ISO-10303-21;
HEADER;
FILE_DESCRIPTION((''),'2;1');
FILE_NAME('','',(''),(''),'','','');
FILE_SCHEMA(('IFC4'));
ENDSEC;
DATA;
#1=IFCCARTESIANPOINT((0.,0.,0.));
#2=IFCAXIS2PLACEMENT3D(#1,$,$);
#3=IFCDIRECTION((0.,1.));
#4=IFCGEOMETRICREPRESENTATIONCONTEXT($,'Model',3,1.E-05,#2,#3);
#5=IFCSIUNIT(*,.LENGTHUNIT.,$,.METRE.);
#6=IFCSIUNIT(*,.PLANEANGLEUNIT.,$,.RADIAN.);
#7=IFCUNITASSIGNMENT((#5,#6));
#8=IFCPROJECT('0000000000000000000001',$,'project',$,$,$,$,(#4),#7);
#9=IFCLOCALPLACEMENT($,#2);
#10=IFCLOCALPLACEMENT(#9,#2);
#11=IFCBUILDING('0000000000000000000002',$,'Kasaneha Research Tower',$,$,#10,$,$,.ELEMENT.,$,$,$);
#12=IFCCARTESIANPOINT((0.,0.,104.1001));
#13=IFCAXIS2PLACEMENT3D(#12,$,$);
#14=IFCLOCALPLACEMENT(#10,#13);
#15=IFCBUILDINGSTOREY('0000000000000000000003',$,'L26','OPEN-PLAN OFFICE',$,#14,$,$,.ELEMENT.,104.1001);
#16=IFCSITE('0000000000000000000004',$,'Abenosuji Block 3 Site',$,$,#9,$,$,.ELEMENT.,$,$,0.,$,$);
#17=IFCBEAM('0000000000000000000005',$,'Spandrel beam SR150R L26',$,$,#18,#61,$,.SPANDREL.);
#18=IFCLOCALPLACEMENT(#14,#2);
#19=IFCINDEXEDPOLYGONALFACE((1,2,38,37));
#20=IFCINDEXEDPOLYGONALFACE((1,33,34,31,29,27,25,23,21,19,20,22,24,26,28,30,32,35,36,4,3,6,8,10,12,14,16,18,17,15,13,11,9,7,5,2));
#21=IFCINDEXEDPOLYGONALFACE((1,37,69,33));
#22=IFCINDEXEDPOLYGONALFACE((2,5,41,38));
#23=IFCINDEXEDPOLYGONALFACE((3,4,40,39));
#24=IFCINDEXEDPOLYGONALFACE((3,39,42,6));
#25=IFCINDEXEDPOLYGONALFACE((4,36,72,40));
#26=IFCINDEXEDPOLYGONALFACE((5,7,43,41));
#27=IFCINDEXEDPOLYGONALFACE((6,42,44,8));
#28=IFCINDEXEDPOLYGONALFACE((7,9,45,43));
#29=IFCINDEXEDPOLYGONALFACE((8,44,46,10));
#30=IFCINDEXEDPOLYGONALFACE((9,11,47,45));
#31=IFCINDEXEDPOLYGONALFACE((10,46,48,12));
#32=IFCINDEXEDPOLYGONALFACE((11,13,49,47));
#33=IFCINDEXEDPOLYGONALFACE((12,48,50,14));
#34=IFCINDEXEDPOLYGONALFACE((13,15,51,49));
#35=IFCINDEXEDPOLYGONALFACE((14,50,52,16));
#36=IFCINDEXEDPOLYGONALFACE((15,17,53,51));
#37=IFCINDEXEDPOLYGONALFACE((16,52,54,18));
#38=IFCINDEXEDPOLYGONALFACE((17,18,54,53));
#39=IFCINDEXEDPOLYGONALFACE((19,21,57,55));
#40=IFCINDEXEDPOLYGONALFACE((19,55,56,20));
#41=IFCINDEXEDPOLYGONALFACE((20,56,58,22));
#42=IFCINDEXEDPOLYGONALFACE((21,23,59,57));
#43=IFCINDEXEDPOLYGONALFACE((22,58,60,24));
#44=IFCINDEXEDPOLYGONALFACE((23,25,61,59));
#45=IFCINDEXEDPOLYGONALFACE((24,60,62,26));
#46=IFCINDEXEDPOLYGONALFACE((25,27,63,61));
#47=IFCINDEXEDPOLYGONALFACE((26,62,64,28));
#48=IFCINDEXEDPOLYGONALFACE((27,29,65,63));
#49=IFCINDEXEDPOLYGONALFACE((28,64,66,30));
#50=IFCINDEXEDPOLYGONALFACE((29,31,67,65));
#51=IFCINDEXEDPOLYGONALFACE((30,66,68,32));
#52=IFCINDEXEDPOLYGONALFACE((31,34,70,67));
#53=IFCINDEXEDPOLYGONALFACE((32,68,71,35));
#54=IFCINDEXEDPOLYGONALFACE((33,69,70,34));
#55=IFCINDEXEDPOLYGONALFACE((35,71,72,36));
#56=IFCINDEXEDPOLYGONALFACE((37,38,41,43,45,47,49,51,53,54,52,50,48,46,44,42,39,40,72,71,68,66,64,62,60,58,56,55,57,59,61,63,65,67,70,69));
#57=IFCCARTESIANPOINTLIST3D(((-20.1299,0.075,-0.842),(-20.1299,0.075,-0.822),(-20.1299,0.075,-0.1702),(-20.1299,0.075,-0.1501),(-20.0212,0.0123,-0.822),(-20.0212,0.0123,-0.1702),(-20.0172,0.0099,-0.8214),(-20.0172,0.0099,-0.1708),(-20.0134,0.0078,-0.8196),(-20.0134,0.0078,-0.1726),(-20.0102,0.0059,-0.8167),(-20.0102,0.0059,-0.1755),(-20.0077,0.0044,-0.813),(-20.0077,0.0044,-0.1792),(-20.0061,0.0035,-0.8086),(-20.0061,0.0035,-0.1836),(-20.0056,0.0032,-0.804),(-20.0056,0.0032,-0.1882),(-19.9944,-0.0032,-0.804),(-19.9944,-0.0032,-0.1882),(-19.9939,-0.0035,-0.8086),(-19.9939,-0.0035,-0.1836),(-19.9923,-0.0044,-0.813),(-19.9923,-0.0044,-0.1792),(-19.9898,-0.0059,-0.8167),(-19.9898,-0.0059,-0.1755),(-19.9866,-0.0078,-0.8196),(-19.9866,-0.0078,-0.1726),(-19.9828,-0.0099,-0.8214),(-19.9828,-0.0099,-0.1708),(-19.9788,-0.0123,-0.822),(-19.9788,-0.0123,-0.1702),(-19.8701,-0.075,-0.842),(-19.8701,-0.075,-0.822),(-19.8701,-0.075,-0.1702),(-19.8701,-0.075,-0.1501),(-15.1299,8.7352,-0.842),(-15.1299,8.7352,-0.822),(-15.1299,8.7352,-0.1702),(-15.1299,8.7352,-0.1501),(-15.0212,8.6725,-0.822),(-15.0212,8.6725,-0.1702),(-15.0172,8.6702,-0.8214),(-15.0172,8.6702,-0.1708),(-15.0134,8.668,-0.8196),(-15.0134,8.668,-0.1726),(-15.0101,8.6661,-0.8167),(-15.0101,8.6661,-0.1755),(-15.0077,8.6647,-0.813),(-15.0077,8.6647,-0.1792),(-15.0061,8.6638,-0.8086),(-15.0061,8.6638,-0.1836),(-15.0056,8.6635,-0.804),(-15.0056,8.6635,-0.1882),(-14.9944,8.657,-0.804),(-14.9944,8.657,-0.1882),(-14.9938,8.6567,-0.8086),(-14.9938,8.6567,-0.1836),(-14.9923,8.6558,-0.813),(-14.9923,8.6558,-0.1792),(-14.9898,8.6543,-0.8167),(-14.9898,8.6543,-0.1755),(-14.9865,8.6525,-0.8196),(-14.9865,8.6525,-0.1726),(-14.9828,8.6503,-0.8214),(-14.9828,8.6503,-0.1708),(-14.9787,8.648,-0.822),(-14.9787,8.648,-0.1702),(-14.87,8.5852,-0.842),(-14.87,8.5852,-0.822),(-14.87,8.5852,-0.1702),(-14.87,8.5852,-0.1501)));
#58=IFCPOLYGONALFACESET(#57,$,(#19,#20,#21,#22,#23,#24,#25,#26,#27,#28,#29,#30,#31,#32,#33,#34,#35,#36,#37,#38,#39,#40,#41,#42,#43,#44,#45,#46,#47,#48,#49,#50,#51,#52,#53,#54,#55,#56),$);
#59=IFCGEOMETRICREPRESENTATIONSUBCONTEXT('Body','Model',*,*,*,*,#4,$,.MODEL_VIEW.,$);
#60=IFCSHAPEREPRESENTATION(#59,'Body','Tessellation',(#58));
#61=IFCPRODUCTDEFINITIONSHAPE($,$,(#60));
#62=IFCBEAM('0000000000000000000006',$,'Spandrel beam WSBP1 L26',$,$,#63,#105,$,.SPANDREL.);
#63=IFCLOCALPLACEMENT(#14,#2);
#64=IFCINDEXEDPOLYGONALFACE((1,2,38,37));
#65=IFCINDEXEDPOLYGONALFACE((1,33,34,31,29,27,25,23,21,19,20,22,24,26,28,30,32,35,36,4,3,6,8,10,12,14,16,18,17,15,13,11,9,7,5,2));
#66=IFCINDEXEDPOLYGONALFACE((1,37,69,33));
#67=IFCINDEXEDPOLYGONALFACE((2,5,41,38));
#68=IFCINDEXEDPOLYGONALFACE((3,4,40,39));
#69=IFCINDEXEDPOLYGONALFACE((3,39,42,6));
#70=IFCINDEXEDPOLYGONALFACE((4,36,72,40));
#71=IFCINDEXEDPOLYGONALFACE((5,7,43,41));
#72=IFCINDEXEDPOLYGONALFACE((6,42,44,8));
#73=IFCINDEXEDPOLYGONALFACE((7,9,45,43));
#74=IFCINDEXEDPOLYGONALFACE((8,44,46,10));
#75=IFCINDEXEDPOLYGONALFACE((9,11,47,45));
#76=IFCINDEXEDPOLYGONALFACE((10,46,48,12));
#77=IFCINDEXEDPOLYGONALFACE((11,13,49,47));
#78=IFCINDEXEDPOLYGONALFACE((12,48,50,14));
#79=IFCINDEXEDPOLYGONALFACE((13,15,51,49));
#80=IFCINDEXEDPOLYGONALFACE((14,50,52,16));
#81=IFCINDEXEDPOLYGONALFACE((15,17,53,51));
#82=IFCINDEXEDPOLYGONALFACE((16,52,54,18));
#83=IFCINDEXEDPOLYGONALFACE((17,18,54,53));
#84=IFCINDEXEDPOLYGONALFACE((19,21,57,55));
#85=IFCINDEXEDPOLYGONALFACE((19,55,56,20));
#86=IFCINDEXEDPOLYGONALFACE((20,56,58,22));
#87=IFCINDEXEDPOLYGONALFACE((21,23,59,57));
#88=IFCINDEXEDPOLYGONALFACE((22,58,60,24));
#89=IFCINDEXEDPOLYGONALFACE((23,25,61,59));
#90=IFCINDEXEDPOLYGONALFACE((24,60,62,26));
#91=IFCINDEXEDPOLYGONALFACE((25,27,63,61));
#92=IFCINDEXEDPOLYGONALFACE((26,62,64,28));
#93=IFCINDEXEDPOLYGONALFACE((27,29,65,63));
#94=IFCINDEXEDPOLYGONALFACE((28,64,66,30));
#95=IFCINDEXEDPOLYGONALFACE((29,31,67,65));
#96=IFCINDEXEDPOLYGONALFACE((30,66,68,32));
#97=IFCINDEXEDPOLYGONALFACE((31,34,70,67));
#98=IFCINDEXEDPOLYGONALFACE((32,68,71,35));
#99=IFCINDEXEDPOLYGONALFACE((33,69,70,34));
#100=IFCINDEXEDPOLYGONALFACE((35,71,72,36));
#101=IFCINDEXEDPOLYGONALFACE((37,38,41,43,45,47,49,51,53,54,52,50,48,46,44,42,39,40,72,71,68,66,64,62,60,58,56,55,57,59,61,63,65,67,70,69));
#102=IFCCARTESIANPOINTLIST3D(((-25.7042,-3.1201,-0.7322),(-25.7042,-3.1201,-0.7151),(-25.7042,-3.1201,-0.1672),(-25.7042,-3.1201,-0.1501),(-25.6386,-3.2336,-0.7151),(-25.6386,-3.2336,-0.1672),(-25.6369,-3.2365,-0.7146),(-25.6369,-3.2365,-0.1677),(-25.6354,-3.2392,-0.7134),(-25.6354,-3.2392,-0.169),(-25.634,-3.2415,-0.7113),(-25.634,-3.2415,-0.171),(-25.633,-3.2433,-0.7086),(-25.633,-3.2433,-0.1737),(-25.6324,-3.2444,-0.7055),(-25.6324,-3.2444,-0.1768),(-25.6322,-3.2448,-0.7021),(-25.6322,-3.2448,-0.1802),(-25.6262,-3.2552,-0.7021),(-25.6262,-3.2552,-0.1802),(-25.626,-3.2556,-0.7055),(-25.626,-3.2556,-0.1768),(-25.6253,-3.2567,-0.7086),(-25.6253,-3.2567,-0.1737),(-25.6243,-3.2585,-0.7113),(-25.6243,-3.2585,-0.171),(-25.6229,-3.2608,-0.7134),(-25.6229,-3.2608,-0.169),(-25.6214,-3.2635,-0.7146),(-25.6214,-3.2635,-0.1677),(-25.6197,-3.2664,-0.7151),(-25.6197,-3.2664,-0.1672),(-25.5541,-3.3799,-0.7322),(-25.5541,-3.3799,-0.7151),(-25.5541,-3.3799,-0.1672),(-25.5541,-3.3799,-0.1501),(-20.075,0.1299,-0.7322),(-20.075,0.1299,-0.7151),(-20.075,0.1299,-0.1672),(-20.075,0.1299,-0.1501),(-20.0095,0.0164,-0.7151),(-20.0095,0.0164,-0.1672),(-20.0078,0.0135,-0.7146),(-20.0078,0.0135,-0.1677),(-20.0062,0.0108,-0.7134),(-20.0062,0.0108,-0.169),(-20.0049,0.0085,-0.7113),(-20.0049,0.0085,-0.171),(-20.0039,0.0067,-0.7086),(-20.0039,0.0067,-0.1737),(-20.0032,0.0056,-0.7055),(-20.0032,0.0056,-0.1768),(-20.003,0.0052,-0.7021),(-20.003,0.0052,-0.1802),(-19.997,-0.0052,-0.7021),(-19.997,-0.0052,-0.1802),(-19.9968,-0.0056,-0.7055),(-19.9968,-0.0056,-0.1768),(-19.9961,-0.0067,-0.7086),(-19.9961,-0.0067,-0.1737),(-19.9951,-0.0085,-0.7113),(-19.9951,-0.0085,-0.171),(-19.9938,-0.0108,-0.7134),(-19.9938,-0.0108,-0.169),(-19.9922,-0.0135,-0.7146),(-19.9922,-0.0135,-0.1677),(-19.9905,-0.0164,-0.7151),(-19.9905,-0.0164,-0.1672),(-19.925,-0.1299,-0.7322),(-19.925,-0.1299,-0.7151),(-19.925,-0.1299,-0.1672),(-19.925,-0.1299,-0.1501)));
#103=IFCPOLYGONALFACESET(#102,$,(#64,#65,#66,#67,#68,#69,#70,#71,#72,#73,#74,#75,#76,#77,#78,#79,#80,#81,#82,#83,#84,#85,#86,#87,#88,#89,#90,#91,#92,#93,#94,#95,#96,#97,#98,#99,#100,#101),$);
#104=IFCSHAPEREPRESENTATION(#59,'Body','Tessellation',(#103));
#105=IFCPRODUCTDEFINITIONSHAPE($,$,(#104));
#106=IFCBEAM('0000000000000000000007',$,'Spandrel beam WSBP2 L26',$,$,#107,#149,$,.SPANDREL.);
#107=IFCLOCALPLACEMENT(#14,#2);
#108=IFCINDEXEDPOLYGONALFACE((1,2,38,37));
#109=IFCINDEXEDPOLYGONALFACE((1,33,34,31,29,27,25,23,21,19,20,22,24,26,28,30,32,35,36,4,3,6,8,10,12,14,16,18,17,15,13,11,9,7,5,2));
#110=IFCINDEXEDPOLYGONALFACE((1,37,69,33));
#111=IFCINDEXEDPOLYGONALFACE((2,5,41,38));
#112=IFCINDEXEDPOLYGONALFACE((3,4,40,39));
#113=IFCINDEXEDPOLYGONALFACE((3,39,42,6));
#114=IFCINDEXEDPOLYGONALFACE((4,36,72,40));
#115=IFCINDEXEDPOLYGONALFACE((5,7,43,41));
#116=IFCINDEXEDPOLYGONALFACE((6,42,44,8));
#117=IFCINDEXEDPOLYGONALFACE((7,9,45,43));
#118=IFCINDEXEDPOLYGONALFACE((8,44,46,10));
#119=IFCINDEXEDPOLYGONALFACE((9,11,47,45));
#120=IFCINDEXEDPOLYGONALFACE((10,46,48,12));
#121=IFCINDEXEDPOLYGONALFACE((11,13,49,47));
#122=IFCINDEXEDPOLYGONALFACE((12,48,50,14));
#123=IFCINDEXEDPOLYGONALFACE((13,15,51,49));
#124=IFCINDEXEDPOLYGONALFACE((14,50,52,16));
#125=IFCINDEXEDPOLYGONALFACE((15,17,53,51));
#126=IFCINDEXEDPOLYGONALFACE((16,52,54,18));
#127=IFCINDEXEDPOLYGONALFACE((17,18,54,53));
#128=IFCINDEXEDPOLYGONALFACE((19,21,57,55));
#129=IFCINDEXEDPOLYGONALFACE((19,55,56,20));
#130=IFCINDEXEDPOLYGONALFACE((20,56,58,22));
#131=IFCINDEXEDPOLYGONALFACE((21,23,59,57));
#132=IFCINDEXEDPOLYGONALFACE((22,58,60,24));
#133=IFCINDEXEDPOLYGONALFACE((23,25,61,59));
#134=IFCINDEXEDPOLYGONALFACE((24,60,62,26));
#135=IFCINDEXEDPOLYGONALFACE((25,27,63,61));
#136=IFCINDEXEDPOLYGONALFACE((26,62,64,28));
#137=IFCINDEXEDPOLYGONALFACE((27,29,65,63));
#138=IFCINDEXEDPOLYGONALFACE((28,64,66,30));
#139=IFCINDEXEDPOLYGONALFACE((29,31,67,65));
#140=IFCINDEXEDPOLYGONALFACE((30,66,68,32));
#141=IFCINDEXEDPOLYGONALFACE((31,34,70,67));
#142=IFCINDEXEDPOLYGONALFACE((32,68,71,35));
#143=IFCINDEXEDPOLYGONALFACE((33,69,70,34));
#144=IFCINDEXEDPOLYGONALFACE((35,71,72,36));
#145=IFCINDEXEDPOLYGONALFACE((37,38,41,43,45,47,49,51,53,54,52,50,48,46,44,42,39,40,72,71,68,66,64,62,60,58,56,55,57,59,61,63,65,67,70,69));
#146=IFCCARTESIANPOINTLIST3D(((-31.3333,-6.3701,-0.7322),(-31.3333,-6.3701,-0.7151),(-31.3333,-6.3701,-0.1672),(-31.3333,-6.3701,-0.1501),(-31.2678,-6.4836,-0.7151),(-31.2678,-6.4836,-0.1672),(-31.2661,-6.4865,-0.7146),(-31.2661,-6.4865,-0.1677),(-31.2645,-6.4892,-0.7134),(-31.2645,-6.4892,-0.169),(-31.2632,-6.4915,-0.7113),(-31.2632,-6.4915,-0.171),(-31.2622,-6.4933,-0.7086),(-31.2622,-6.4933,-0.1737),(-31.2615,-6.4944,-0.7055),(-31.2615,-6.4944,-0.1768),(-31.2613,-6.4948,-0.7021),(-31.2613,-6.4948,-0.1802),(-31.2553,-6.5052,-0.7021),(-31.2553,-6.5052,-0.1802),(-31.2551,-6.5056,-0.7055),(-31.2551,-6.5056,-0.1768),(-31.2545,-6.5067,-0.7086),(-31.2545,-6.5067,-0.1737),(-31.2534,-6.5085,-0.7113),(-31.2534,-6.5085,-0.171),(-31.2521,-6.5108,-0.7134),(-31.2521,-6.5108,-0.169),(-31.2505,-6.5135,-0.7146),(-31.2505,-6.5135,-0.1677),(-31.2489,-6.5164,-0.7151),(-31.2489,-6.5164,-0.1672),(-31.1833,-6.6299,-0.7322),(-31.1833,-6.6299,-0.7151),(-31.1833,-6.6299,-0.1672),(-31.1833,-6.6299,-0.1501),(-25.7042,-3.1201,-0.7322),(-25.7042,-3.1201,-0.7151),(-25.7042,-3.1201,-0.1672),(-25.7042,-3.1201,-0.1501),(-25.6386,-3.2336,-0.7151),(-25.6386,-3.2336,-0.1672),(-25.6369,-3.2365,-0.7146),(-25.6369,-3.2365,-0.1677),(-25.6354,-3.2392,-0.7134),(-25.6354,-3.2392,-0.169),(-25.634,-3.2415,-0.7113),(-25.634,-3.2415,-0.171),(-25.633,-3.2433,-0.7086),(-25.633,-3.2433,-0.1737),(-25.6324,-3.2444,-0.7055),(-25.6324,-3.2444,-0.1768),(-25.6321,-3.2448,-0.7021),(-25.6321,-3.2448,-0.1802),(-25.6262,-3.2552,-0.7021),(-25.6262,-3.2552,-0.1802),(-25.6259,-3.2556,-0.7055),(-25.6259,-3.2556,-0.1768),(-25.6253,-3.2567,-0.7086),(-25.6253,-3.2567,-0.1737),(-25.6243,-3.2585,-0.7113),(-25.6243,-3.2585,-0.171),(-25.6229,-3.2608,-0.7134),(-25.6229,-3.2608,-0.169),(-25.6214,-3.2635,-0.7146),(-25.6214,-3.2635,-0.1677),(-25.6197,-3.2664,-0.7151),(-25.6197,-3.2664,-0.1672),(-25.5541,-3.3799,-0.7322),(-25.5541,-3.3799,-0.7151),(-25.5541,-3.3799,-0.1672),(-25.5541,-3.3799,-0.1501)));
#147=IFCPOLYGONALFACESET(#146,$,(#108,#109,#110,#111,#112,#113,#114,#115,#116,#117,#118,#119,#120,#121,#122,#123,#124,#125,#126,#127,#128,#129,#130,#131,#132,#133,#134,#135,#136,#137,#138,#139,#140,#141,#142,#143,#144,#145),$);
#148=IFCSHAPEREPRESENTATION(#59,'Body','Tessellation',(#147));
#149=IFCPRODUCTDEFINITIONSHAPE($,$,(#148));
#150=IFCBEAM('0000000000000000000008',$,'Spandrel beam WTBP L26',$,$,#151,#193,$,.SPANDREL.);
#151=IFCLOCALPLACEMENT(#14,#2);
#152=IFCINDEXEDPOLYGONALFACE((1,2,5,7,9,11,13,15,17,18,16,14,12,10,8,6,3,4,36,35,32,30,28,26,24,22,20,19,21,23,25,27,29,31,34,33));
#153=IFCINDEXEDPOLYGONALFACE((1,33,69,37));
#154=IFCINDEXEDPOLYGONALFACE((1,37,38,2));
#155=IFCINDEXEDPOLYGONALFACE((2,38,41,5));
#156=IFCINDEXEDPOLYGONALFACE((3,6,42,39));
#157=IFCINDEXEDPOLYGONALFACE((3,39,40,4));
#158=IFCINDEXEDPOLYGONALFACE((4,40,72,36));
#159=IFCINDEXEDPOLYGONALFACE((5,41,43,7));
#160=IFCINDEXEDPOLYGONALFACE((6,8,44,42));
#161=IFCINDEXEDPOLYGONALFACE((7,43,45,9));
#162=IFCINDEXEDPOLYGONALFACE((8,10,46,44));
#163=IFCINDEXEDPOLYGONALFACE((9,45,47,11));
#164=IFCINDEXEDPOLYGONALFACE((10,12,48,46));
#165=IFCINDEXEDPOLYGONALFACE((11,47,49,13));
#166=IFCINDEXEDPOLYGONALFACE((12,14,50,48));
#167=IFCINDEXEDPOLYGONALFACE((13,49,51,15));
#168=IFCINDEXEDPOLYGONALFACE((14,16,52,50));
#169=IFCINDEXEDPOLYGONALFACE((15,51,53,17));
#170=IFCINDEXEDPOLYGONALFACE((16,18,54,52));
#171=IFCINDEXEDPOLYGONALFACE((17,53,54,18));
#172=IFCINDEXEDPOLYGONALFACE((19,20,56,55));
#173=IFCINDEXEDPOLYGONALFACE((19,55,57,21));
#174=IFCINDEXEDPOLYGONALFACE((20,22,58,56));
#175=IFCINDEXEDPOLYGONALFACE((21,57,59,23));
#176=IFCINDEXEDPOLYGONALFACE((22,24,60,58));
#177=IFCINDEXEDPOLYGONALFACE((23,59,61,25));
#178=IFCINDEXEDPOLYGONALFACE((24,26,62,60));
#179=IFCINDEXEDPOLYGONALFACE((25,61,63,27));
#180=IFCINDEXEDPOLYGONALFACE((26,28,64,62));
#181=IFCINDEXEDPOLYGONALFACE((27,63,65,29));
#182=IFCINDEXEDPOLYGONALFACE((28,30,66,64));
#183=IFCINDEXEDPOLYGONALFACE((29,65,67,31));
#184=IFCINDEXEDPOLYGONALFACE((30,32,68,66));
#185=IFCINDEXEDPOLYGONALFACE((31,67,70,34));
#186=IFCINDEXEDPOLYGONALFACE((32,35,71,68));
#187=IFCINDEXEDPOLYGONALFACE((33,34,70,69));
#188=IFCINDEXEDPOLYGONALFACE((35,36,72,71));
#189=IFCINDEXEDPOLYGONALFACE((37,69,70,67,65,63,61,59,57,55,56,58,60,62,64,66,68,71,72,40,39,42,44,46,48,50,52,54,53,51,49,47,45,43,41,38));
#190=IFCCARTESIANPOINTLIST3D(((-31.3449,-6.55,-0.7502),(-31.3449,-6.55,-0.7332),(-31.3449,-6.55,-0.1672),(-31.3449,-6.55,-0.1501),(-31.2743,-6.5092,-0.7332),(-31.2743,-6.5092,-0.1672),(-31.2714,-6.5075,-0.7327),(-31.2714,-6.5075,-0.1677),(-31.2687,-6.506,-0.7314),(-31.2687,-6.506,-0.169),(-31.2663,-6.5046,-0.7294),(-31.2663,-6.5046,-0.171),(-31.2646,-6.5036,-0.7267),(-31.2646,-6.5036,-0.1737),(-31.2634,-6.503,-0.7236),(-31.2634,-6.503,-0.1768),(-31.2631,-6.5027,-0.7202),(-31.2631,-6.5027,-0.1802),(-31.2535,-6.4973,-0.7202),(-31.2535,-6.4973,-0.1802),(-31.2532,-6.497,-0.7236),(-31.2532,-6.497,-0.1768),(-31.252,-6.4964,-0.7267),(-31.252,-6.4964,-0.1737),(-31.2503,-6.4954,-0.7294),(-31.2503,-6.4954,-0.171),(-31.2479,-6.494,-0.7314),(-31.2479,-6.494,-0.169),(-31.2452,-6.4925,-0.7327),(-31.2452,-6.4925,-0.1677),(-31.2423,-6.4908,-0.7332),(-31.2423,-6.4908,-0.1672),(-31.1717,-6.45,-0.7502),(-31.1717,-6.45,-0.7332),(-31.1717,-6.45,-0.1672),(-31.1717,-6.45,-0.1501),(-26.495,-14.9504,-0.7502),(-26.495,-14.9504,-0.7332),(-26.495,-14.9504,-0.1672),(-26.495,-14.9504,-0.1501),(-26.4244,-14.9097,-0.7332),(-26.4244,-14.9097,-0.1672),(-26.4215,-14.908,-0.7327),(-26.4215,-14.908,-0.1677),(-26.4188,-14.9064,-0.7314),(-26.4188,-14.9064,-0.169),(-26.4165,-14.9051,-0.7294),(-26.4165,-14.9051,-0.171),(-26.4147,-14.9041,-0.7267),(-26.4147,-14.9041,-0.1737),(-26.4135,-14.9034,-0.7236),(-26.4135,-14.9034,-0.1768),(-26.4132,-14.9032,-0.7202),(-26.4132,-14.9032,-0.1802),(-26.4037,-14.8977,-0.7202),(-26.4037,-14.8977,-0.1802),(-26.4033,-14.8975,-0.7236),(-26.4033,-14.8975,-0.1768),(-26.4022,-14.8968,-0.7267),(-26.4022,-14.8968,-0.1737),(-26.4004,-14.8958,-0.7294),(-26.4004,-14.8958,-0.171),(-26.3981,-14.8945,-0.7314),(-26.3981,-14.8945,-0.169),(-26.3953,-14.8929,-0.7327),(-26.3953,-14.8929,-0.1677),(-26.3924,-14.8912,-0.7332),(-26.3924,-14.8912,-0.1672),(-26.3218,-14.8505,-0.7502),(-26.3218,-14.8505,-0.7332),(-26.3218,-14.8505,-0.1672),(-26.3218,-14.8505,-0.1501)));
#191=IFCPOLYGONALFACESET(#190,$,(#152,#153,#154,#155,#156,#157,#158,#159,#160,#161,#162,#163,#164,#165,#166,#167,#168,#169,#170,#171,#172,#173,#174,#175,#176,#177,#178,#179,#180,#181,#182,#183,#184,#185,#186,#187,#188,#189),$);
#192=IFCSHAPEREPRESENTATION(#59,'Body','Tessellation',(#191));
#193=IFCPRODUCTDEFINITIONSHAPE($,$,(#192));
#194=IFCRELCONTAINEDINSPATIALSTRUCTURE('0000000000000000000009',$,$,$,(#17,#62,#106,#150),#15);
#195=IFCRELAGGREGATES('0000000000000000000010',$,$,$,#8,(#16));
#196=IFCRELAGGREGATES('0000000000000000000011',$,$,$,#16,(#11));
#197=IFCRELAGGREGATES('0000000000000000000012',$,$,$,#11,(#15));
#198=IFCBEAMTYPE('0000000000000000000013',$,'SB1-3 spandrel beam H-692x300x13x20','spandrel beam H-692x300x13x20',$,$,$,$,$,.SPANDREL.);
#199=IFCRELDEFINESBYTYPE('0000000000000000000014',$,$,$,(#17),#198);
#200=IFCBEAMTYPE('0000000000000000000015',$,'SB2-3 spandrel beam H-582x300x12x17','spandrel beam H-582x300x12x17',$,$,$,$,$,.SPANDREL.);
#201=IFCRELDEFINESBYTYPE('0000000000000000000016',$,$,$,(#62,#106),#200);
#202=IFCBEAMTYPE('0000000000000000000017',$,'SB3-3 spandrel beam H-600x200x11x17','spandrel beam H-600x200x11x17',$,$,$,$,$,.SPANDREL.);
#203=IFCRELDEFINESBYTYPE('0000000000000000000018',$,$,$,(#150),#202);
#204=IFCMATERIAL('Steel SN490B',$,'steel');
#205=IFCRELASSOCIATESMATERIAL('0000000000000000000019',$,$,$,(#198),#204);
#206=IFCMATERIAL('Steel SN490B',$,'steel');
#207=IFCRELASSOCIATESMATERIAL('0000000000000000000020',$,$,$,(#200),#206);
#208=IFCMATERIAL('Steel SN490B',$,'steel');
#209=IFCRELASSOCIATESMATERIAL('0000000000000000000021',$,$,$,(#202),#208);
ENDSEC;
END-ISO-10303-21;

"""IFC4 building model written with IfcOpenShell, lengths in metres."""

from ifc_helpers import new_model, si_unit, direction, frame, origin, origin_2d, place, context, subcontext, project, spatial, i_section, extrude, material, material_profile, profile_set, type_object, element, save


model = new_model("IFC4")

# Units and contexts
model_context = context("Model", 3, precision=1e-05, world=origin(), true_north=direction((0.0, 1.0)))
body_context = subcontext(model_context, "Body", "Model", "MODEL_VIEW")
ifc_project = project(units=[si_unit("LENGTHUNIT", "METRE"), si_unit("PLANEANGLEUNIT", "RADIAN")], contexts=[model_context])

# Site, building, storey
site_placement = place(None, origin())
site = spatial("IfcSite", under=ifc_project, at=site_placement, Name="Abenosuji Block 3 Site", CompositionType="ELEMENT", RefElevation=0.0)
building_placement = place(site_placement, origin())
building = spatial("IfcBuilding", under=site, at=building_placement, Name="Kasaneha Research Tower", CompositionType="ELEMENT")
storey_placement = place(building_placement, frame((0.0, 0.0, 104.1001)))
storey = spatial("IfcBuildingStorey", under=building, at=storey_placement, Name="L26", Description="OPEN-PLAN OFFICE", CompositionType="ELEMENT", Elevation=104.1001)

# Beams
ifc_material_1 = material(Name="Steel SN490B", Category="steel")
ifc_material_profile_1 = material_profile(ifc_material_1, i_section(OverallWidth=0.3, OverallDepth=0.6919, WebThickness=0.0129, FlangeThickness=0.02, FilletRadius=0.0181, at=origin_2d()), Name="H-692x300x13x20")
ifc_profile_set_1 = profile_set([ifc_material_profile_1], Name="Steel SN490B")
beam_type_1 = type_object("IfcBeamType", Name="SB1-3 spandrel beam H-692x300x13x20", Description="spandrel beam H-692x300x13x20", PredefinedType="SPANDREL", material=ifc_profile_set_1)
beam_1_placement = place(storey_placement, frame((-20.0, 0.0, -0.4961), z_axis=(0.500004, 0.866023, 0.0), x_axis=(-0.866023, 0.500004, 0.0)))
element("IfcBeam", 1, at=beam_1_placement, inside=storey, type_object=beam_type_1, Name="Spandrel beam SR150R L26", PredefinedType="SPANDREL", context=body_context, shape_type="SweptSolid", body=[
    extrude(i_section(OverallWidth=0.3, OverallDepth=0.6919, WebThickness=0.0129, FlangeThickness=0.02, FilletRadius=0.0181, at=origin_2d()), origin(), (0.0, 0.0, 1.0), 10.0),
])
ifc_material_2 = material(Name="Steel SN490B", Category="steel")
ifc_material_profile_2 = material_profile(ifc_material_2, i_section(OverallWidth=0.3, OverallDepth=0.582, WebThickness=0.012, FlangeThickness=0.0171, FilletRadius=0.0129, at=origin_2d()), Name="H-582x300x12x17")
ifc_profile_set_2 = profile_set([ifc_material_profile_2], Name="Steel SN490B")
beam_type_2 = type_object("IfcBeamType", Name="SB2-3 spandrel beam H-582x300x12x17", Description="spandrel beam H-582x300x12x17", PredefinedType="SPANDREL", material=ifc_profile_set_2)
for number, where, z_axis, x_axis, name in (
    (2, (-20.0, 0.0, -0.4412), (-0.866025, -0.500001, 0.0), (0.500001, -0.866025, 0.0), "Spandrel beam WSBP1 L26"),
    (3, (-25.6292, -3.25, -0.4412), (-0.866025, -0.500001, 0.0), (0.500001, -0.866025, 0.0), "Spandrel beam WSBP2 L26"),
):
    element("IfcBeam", number, at=place(storey_placement, frame(where, z_axis=z_axis, x_axis=x_axis)), inside=storey, type_object=beam_type_2, Name=name, PredefinedType="SPANDREL", context=body_context, shape_type="SweptSolid", body=[
        extrude(i_section(OverallWidth=0.3, OverallDepth=0.582, WebThickness=0.012, FlangeThickness=0.0171, FilletRadius=0.0129, at=origin_2d()), origin(), (0.0, 0.0, 1.0), 6.5),
    ])
ifc_material_3 = material(Name="Steel SN490B", Category="steel")
ifc_material_profile_3 = material_profile(ifc_material_3, i_section(OverallWidth=0.2, OverallDepth=0.6001, WebThickness=0.011, FlangeThickness=0.0171, FilletRadius=0.0129, at=origin_2d()), Name="H-600x200x11x17")
ifc_profile_set_3 = profile_set([ifc_material_profile_3], Name="Steel SN490B")
beam_type_3 = type_object("IfcBeamType", Name="SB3-3 spandrel beam H-600x200x11x17", Description="spandrel beam H-600x200x11x17", PredefinedType="SPANDREL", material=ifc_profile_set_3)
beam_2_placement = place(storey_placement, frame((-31.2583, -6.5, -0.4502), z_axis=(0.499991, -0.866031, 0.0), x_axis=(0.866031, 0.499991, 0.0)))
element("IfcBeam", 4, at=beam_2_placement, inside=storey, type_object=beam_type_3, Name="Spandrel beam WTBP L26", PredefinedType="SPANDREL", context=body_context, shape_type="SweptSolid", body=[
    extrude(i_section(OverallWidth=0.2, OverallDepth=0.6001, WebThickness=0.011, FlangeThickness=0.0171, FilletRadius=0.0129, at=origin_2d()), origin(), (0.0, 0.0, 1.0), 9.7),
])

save(model, "model.ifc")
